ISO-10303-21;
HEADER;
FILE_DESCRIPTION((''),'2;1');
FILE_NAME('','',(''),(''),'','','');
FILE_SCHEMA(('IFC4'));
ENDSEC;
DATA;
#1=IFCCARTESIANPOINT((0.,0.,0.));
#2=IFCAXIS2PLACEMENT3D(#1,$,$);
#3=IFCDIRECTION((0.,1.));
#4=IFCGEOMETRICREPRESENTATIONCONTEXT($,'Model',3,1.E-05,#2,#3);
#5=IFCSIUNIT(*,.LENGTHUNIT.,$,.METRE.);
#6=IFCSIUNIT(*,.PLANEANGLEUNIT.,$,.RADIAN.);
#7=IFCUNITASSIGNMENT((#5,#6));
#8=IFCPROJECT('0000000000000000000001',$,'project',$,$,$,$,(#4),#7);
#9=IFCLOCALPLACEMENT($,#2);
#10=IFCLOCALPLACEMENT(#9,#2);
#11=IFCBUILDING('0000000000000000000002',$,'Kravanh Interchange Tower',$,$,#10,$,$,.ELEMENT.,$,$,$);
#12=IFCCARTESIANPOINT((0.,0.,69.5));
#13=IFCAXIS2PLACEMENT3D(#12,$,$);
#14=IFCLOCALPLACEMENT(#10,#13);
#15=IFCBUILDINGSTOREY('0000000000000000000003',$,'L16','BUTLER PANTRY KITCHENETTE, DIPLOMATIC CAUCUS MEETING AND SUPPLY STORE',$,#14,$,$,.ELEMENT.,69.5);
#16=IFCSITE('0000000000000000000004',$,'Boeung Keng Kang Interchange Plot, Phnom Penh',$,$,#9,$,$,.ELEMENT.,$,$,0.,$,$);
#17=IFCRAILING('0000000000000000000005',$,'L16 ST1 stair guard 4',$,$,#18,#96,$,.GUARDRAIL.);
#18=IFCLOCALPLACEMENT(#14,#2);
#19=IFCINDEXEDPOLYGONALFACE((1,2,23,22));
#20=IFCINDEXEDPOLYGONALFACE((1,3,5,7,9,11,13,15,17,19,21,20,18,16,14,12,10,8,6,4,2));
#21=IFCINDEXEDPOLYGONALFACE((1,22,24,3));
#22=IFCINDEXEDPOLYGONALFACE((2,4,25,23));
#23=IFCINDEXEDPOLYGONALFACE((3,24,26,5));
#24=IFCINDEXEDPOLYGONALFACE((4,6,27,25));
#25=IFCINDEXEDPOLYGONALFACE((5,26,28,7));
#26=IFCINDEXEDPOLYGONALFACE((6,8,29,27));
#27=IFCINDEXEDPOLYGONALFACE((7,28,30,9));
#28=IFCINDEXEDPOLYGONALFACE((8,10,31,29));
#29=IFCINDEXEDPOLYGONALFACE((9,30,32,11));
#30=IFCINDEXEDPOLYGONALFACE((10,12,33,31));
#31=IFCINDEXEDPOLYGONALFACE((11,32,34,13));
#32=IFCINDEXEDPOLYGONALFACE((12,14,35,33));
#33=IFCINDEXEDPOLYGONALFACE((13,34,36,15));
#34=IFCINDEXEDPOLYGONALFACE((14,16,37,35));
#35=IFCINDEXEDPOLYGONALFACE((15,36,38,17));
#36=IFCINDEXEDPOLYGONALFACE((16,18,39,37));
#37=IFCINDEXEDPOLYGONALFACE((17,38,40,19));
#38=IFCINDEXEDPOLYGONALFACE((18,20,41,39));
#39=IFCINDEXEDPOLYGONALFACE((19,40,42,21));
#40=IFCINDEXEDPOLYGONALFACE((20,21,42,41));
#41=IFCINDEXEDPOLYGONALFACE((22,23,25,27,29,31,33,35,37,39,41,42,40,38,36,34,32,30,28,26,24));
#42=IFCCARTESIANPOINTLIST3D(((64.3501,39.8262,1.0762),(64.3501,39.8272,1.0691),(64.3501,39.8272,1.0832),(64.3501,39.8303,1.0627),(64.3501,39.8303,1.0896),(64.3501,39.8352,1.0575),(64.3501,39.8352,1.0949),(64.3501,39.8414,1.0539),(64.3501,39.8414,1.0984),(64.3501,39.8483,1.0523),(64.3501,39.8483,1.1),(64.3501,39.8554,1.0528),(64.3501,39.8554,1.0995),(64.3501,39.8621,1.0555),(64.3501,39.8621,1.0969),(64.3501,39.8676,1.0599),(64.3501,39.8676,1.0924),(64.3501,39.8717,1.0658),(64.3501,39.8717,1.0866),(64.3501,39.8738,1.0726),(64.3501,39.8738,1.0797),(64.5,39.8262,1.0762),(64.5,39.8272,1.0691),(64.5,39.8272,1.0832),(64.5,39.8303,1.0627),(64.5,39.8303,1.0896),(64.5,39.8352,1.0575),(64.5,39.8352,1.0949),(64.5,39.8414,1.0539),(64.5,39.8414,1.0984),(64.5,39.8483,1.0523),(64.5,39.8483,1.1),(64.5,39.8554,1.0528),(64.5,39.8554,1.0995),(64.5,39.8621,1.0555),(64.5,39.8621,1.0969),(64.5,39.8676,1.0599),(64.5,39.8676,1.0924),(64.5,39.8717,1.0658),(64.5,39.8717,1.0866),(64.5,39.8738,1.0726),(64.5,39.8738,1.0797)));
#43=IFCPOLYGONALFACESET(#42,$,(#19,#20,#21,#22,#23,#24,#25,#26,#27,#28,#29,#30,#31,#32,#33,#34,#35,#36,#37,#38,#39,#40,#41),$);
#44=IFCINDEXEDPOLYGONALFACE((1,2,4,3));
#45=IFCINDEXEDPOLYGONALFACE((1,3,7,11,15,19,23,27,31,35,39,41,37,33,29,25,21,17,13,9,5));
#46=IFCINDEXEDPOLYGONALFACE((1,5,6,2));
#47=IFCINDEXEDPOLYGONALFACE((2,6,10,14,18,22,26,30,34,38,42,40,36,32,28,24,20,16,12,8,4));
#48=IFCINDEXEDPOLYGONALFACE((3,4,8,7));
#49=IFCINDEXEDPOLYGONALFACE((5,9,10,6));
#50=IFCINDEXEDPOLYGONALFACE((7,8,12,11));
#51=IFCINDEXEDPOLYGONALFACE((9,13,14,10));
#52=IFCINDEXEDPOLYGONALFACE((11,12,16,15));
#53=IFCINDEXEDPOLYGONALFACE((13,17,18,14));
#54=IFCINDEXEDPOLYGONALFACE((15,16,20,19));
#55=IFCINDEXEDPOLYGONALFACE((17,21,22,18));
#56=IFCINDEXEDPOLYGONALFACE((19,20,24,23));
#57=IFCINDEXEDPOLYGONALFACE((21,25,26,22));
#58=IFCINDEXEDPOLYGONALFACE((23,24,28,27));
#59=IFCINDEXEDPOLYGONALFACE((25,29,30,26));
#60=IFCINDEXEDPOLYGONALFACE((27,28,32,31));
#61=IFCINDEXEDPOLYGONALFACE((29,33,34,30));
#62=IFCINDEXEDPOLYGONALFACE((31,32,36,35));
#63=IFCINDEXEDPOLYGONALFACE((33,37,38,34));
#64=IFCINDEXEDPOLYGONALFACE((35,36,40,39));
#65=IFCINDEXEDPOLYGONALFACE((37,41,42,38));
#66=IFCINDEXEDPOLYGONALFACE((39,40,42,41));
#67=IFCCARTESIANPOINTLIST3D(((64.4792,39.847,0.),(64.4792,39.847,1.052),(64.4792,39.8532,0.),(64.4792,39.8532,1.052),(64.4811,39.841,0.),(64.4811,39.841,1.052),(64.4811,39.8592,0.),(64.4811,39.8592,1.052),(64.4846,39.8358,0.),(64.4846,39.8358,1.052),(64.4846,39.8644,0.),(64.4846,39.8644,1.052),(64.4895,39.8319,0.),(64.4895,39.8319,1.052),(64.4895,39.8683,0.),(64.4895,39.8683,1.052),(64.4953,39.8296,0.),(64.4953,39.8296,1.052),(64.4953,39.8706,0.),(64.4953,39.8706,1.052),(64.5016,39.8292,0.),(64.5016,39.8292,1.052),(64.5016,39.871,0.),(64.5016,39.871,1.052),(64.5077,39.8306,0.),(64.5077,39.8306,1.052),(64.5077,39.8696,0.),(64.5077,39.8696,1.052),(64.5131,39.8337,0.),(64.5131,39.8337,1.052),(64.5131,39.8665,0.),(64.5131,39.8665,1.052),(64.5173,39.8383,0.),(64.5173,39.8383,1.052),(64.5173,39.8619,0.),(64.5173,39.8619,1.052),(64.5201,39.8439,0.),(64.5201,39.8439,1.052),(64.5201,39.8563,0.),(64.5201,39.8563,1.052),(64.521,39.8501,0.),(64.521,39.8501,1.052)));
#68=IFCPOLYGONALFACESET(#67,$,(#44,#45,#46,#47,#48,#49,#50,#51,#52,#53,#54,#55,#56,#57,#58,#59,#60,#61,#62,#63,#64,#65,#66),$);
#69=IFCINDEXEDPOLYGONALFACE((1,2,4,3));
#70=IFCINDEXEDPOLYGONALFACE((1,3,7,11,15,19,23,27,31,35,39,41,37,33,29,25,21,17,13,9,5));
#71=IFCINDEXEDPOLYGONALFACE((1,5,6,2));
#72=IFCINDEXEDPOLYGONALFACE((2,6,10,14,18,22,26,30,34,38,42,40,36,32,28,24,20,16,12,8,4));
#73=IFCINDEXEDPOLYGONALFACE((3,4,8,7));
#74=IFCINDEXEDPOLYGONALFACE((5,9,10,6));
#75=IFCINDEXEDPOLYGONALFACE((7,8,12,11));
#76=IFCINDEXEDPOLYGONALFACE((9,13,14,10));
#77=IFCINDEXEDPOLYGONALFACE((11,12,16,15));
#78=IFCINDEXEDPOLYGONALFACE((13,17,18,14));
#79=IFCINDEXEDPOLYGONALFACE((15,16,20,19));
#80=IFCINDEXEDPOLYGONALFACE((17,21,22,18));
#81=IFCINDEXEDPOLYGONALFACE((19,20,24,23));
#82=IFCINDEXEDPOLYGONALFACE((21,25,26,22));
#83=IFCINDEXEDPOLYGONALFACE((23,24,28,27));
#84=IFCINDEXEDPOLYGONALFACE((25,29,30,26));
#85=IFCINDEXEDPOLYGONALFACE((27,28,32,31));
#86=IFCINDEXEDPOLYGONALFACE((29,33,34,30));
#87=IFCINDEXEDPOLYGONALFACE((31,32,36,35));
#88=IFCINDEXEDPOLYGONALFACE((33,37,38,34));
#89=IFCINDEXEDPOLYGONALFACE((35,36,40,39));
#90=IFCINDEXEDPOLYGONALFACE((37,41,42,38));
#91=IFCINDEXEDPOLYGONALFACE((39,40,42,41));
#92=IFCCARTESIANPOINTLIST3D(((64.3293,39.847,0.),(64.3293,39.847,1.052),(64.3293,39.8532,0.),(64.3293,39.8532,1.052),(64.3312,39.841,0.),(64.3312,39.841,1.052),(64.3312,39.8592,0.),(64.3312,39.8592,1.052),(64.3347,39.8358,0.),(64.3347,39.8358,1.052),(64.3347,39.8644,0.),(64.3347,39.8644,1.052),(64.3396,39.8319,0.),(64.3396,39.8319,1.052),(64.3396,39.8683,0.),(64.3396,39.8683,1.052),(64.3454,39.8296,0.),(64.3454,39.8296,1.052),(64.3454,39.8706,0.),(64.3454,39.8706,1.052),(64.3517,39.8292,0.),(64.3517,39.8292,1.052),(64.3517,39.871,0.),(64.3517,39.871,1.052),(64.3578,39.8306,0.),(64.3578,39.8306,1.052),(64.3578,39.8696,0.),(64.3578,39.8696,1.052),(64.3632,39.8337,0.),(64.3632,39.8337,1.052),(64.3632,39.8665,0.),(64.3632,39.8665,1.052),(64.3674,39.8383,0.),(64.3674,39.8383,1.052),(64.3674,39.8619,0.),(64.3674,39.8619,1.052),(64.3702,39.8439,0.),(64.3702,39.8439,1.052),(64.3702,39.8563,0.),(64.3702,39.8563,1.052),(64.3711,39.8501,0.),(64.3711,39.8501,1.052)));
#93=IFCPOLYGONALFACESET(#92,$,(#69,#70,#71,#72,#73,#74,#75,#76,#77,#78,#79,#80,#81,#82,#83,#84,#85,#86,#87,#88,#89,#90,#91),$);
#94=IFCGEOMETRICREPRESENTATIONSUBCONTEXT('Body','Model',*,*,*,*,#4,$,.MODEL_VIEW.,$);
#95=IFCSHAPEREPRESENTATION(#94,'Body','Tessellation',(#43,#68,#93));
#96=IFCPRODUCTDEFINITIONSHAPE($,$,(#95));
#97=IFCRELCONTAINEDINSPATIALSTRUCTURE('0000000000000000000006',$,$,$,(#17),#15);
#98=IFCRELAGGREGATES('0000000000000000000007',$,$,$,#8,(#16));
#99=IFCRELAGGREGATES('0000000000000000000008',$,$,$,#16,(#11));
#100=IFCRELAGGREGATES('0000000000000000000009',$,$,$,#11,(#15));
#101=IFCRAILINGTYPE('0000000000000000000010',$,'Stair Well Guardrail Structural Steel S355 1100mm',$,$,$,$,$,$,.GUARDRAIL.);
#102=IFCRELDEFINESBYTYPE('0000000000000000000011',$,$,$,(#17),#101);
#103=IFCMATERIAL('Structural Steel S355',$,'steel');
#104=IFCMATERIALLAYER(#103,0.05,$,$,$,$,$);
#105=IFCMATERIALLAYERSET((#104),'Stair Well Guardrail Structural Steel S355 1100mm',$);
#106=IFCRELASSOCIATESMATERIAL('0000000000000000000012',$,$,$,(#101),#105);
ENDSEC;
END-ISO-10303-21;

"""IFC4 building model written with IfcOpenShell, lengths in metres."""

from ifc_helpers import new_model, si_unit, direction, frame, origin, origin_2d, place, context, subcontext, project, spatial, circle, extrude, material, layer, layer_set, type_object, element, save


model = new_model("IFC4")

# Units and contexts
model_context = context("Model", 3, precision=1e-05, world=origin(), true_north=direction((0.0, 1.0)))
body_context = subcontext(model_context, "Body", "Model", "MODEL_VIEW")
ifc_project = project(units=[si_unit("LENGTHUNIT", "METRE"), si_unit("PLANEANGLEUNIT", "RADIAN")], contexts=[model_context])

# Site, building, storey
site_placement = place(None, origin())
site = spatial("IfcSite", under=ifc_project, at=site_placement, Name="Boeung Keng Kang Interchange Plot, Phnom Penh", CompositionType="ELEMENT", RefElevation=0.0)
building_placement = place(site_placement, origin())
building = spatial("IfcBuilding", under=site, at=building_placement, Name="Kravanh Interchange Tower", CompositionType="ELEMENT")
storey_placement = place(building_placement, frame((0.0, 0.0, 69.5)))
storey = spatial("IfcBuildingStorey", under=building, at=storey_placement, Name="L16", Description="BUTLER PANTRY KITCHENETTE, DIPLOMATIC CAUCUS MEETING AND SUPPLY STORE", CompositionType="ELEMENT", Elevation=69.5)

# Railing
ifc_material_1 = material(Name="Structural Steel S355", Category="steel")
ifc_layer_1 = layer(ifc_material_1, 0.05)
ifc_layer_set_1 = layer_set([ifc_layer_1], Name="Stair Well Guardrail Structural Steel S355 1100mm")
railing_type_1 = type_object("IfcRailingType", Name="Stair Well Guardrail Structural Steel S355 1100mm", PredefinedType="GUARDRAIL", material=ifc_layer_set_1)
railing_1_placement = place(storey_placement, frame((64.5, 39.8501, 0.0)))
element("IfcRailing", 1, at=railing_1_placement, inside=storey, type_object=railing_type_1, Name="L16 ST1 stair guard 4", PredefinedType="GUARDRAIL", context=body_context, shape_type="SweptSolid", body=[
    extrude(circle(Radius=0.0239, at=origin_2d()), frame((0.0, 0.0, 1.0762), z_axis=(-1.0, 0.0, 0.0), x_axis=(0.0, -1.0, 0.0)), (0.0, 0.0, 1.0), 0.1499),
    extrude(circle(Radius=0.021, at=origin_2d()), origin(), (0.0, 0.0, 1.0), 1.052),
    extrude(circle(Radius=0.021, at=origin_2d()), frame((-0.1499, 0.0, 0.0)), (0.0, 0.0, 1.0), 1.052),
])

save(model, "model.ifc")
